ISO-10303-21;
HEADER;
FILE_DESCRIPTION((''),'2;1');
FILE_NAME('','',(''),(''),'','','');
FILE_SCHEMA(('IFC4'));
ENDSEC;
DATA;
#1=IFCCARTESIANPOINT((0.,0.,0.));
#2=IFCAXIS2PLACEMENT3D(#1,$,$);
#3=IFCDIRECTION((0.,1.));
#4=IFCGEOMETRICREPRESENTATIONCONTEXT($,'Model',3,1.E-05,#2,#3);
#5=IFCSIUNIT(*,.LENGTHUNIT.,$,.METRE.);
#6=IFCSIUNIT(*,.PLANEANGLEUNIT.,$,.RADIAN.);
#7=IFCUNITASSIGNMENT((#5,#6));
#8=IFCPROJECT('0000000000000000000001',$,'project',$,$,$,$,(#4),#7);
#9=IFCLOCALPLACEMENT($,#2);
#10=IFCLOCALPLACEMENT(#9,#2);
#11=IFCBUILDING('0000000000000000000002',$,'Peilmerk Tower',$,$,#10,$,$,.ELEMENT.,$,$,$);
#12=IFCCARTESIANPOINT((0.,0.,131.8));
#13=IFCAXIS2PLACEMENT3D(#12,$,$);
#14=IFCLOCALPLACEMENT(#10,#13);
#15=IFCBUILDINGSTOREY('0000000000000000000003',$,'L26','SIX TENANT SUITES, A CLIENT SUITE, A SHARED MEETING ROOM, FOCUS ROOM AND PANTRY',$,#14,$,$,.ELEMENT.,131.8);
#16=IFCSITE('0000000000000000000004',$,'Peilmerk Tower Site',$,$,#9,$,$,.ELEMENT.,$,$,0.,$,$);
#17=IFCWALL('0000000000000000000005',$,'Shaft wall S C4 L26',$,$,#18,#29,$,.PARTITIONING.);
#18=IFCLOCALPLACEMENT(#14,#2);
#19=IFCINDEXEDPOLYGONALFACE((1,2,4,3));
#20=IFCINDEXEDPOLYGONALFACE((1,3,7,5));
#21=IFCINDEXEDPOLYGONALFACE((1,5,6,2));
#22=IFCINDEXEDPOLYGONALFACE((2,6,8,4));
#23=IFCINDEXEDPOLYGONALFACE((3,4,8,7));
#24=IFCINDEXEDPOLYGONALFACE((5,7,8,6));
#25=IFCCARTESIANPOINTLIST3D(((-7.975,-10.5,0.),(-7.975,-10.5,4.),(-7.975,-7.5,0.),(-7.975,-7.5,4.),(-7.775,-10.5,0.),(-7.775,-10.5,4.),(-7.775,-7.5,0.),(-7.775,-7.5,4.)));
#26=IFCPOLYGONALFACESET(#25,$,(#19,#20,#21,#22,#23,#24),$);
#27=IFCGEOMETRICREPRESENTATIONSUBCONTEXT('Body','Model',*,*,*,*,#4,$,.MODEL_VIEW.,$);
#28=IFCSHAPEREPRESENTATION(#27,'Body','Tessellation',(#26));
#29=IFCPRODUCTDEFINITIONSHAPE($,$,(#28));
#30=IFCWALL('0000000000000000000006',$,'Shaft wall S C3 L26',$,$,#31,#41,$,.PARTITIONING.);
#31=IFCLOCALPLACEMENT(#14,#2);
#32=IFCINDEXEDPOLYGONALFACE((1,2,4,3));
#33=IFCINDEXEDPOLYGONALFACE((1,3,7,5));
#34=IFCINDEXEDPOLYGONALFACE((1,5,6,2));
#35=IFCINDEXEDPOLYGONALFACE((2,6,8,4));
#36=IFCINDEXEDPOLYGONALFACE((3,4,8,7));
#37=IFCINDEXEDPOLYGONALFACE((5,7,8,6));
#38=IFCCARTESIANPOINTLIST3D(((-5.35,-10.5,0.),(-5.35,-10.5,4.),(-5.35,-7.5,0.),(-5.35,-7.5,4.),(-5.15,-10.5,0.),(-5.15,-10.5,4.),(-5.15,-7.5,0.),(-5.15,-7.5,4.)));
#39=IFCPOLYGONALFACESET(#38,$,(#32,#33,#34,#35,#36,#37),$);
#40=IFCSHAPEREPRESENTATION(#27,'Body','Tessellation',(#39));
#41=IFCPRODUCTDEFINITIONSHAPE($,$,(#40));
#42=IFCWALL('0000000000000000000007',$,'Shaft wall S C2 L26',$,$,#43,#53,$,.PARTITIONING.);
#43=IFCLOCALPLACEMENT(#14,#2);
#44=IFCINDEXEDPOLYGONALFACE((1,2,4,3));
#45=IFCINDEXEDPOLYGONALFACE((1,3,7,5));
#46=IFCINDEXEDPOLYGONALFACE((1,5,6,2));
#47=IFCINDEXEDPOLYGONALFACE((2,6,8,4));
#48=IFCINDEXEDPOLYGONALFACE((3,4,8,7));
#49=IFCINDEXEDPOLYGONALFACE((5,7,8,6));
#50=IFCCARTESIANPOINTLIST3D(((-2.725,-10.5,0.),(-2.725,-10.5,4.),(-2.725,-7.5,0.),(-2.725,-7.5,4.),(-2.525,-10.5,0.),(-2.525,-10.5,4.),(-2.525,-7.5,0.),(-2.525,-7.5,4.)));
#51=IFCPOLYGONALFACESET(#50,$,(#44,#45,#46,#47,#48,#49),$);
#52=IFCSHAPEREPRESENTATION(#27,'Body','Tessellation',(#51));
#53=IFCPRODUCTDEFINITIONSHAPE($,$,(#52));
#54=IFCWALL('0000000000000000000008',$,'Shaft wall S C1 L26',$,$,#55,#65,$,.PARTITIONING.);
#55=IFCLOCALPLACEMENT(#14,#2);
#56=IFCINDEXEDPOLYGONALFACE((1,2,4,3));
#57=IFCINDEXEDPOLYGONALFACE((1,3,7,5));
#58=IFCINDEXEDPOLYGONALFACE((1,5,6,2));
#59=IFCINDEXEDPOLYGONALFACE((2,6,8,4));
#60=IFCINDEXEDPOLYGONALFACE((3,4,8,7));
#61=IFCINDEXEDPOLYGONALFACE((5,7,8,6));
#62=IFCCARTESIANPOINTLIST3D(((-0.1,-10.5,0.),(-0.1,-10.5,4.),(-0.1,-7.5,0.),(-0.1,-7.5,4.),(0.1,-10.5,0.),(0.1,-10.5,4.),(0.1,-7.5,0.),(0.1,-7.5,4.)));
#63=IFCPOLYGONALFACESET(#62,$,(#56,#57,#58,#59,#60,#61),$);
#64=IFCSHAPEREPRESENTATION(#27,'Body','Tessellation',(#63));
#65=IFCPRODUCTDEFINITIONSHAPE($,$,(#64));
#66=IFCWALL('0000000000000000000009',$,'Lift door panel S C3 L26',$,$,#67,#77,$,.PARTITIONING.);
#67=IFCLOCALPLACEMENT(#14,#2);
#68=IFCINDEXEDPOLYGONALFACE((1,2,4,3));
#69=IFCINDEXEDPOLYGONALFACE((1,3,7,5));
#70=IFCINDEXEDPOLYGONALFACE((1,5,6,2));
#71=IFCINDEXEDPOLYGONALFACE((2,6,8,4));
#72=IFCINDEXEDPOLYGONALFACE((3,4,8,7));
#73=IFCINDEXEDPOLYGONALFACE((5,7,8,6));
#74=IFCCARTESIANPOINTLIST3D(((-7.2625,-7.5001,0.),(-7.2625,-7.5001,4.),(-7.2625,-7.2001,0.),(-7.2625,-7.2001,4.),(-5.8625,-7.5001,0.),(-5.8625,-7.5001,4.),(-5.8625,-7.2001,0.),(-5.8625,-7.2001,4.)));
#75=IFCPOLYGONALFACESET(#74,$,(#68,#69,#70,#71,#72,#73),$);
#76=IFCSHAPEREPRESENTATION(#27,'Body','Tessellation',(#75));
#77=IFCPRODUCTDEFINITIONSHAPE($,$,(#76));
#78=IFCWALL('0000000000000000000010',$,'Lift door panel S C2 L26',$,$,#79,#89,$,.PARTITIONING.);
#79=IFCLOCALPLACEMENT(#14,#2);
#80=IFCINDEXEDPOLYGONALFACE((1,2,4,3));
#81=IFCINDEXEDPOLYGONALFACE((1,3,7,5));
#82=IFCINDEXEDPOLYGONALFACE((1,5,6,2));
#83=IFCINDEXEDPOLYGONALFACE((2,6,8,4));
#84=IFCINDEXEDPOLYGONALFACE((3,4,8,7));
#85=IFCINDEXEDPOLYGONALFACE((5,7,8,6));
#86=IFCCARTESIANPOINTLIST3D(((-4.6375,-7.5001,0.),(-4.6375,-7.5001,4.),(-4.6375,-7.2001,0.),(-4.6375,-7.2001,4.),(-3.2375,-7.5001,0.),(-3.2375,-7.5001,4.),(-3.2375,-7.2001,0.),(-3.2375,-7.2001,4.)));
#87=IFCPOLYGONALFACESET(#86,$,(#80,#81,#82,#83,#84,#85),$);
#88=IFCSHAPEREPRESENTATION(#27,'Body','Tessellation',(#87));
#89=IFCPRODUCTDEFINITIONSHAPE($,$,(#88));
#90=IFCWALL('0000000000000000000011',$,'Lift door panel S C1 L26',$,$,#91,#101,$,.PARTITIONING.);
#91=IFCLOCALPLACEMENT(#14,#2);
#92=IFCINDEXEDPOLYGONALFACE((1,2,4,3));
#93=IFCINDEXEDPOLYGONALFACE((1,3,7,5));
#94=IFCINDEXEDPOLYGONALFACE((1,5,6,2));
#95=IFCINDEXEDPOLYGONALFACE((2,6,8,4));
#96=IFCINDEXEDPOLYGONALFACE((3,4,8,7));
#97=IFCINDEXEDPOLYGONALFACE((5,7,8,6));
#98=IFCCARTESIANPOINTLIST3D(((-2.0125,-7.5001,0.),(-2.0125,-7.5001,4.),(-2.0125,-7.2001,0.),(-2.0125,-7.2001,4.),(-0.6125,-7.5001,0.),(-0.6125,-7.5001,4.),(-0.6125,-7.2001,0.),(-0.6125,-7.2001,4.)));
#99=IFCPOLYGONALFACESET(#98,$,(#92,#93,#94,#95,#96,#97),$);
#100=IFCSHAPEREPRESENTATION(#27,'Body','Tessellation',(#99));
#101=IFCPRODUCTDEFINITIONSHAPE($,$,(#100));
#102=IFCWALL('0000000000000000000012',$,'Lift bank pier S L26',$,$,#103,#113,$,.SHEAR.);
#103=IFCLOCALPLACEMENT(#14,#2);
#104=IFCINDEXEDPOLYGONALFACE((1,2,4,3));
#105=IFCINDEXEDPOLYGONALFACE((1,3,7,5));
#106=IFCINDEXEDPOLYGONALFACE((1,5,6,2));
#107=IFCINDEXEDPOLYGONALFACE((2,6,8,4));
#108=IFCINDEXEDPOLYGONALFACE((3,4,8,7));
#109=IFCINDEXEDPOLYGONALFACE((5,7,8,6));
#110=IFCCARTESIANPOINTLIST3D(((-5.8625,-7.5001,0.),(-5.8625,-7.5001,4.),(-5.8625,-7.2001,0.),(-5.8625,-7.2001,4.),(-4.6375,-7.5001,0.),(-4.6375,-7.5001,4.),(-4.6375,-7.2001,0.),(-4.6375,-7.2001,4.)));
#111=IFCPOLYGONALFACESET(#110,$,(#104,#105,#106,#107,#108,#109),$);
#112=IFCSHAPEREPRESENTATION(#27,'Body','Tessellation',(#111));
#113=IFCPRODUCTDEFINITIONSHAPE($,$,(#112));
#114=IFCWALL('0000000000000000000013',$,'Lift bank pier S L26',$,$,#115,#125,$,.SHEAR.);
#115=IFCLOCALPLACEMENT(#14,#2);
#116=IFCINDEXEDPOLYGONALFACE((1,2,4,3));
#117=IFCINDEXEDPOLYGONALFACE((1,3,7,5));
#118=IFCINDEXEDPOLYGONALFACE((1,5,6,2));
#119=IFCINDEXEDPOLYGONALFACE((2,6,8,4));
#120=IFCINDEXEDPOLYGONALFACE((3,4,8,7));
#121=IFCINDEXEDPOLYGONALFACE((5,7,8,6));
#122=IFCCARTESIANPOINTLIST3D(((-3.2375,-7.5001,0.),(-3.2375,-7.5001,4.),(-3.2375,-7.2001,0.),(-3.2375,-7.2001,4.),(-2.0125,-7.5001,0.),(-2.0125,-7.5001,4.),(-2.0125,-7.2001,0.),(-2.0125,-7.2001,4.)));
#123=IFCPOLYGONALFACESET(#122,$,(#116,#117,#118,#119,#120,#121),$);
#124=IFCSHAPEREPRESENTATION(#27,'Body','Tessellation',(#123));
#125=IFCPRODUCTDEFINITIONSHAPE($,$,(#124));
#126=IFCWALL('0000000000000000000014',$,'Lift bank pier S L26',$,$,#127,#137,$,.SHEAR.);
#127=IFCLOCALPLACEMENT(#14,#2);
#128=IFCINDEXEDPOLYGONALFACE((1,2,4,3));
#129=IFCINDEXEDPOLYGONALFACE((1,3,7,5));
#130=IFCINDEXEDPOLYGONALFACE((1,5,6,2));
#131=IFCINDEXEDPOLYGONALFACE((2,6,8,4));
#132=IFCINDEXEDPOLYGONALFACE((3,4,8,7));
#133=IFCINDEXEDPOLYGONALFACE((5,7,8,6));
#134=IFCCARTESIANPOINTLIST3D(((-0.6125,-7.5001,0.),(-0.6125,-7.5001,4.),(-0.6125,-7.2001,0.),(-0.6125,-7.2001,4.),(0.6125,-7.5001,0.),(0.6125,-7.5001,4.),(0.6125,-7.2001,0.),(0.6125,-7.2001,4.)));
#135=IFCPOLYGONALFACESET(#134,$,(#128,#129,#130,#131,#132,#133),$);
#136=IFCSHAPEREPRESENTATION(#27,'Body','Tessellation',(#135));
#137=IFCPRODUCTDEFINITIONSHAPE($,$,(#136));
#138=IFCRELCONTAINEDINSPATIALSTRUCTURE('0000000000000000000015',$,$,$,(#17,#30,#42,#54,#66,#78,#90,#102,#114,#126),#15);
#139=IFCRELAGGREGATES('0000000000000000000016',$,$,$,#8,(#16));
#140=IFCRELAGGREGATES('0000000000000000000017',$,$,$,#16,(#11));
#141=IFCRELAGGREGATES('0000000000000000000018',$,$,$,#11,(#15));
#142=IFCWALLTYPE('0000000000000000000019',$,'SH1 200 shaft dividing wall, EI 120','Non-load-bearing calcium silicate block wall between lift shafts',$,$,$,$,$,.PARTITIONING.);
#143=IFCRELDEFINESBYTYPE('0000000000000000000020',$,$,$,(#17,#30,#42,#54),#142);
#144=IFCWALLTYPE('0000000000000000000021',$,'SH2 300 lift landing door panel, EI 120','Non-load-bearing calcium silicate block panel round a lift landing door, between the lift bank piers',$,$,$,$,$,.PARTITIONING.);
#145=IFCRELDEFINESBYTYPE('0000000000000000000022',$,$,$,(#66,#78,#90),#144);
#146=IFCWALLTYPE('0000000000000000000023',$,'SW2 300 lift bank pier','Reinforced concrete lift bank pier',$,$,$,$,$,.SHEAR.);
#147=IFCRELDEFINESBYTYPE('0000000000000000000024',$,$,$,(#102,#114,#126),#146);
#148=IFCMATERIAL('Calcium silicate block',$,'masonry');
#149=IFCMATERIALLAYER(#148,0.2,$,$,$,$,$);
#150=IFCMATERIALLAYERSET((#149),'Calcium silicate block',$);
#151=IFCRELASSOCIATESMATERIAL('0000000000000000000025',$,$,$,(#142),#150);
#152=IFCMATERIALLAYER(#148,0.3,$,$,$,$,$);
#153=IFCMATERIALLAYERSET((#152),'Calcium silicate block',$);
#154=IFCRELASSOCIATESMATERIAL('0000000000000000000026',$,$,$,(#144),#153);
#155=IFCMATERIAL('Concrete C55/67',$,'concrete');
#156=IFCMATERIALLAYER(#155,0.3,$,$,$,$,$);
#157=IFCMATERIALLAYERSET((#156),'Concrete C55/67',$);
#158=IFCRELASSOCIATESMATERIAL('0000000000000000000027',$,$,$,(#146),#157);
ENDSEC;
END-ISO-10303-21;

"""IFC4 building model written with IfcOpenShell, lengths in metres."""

from ifc_helpers import new_model, si_unit, direction, frame, frame_2d, origin, place, context, subcontext, project, spatial, rectangle, extrude, material, layer, layer_set, type_object, element, save


model = new_model("IFC4")

# Units and contexts
model_context = context("Model", 3, precision=1e-05, world=origin(), true_north=direction((0.0, 1.0)))
body_context = subcontext(model_context, "Body", "Model", "MODEL_VIEW")
ifc_project = project(units=[si_unit("LENGTHUNIT", "METRE"), si_unit("PLANEANGLEUNIT", "RADIAN")], contexts=[model_context])

# Site, building, storey
site_placement = place(None, origin())
site = spatial("IfcSite", under=ifc_project, at=site_placement, Name="Peilmerk Tower Site", CompositionType="ELEMENT", RefElevation=0.0)
building_placement = place(site_placement, origin())
building = spatial("IfcBuilding", under=site, at=building_placement, Name="Peilmerk Tower", CompositionType="ELEMENT")
storey_placement = place(building_placement, frame((0.0, 0.0, 131.8)))
storey = spatial("IfcBuildingStorey", under=building, at=storey_placement, Name="L26", Description="SIX TENANT SUITES, A CLIENT SUITE, A SHARED MEETING ROOM, FOCUS ROOM AND PANTRY", CompositionType="ELEMENT", Elevation=131.8)

# Walls
ifc_material_1 = material(Name="Calcium silicate block", Category="masonry")
ifc_layer_1 = layer(ifc_material_1, 0.2)
ifc_layer_set_1 = layer_set([ifc_layer_1], Name="Calcium silicate block")
wall_type_1 = type_object("IfcWallType", Name="SH1 200 shaft dividing wall, EI 120", Description="Non-load-bearing calcium silicate block wall between lift shafts", PredefinedType="PARTITIONING", material=ifc_layer_set_1)
for number, where, z_axis, x_axis, name in (
    (1, (-7.875, -10.5, 0.0), (0.0, 0.0, 1.0), (0.0, 1.0, 0.0), "Shaft wall S C4 L26"),
    (2, (-5.25, -10.5, 0.0), (0.0, 0.0, 1.0), (0.0, 1.0, 0.0), "Shaft wall S C3 L26"),
    (3, (-2.625, -10.5, 0.0), (0.0, 0.0, 1.0), (0.0, 1.0, 0.0), "Shaft wall S C2 L26"),
    (4, (0.0, -10.5, 0.0), (0.0, 0.0, 1.0), (0.0, 1.0, 0.0), "Shaft wall S C1 L26"),
):
    element("IfcWall", number, at=place(storey_placement, frame(where, z_axis=z_axis, x_axis=x_axis)), inside=storey, type_object=wall_type_1, Name=name, PredefinedType="PARTITIONING", context=body_context, shape_type="SweptSolid", body=[
        extrude(rectangle(XDim=3.0, YDim=0.2, at=frame_2d((1.5, 0.0))), origin(), (0.0, 0.0, 1.0), 4.0),
    ])
ifc_layer_2 = layer(ifc_material_1, 0.3)
ifc_layer_set_2 = layer_set([ifc_layer_2], Name="Calcium silicate block")
wall_type_2 = type_object("IfcWallType", Name="SH2 300 lift landing door panel, EI 120", Description="Non-load-bearing calcium silicate block panel round a lift landing door, between the lift bank piers", PredefinedType="PARTITIONING", material=ifc_layer_set_2)
for number, where, z_axis, x_axis, name in (
    (5, (-7.2625, -7.3501, 0.0), (0.0, 0.0, 1.0), (1.0, 0.0, 0.0), "Lift door panel S C3 L26"),
    (6, (-4.6375, -7.3501, 0.0), (0.0, 0.0, 1.0), (1.0, 0.0, 0.0), "Lift door panel S C2 L26"),
    (7, (-2.0125, -7.3501, 0.0), (0.0, 0.0, 1.0), (1.0, 0.0, 0.0), "Lift door panel S C1 L26"),
):
    element("IfcWall", number, at=place(storey_placement, frame(where, z_axis=z_axis, x_axis=x_axis)), inside=storey, type_object=wall_type_2, Name=name, PredefinedType="PARTITIONING", context=body_context, shape_type="SweptSolid", body=[
        extrude(rectangle(XDim=1.3999, YDim=0.3, at=frame_2d((0.7, 0.0))), origin(), (0.0, 0.0, 1.0), 4.0),
    ])
ifc_material_2 = material(Name="Concrete C55/67", Category="concrete")
ifc_layer_3 = layer(ifc_material_2, 0.3)
ifc_layer_set_3 = layer_set([ifc_layer_3], Name="Concrete C55/67")
wall_type_3 = type_object("IfcWallType", Name="SW2 300 lift bank pier", Description="Reinforced concrete lift bank pier", PredefinedType="SHEAR", material=ifc_layer_set_3)
for number, where, z_axis, x_axis, name in (
    (8, (-5.8625, -7.3501, 0.0), (0.0, 0.0, 1.0), (1.0, 0.0, 0.0), "Lift bank pier S L26"),
    (9, (-3.2375, -7.3501, 0.0), (0.0, 0.0, 1.0), (1.0, 0.0, 0.0), "Lift bank pier S L26"),
    (10, (-0.6125, -7.3501, 0.0), (0.0, 0.0, 1.0), (1.0, 0.0, 0.0), "Lift bank pier S L26"),
):
    element("IfcWall", number, at=place(storey_placement, frame(where, z_axis=z_axis, x_axis=x_axis)), inside=storey, type_object=wall_type_3, Name=name, PredefinedType="SHEAR", context=body_context, shape_type="SweptSolid", body=[
        extrude(rectangle(XDim=1.2251, YDim=0.3, at=frame_2d((0.6125, 0.0))), origin(), (0.0, 0.0, 1.0), 4.0),
    ])

save(model, "model.ifc")
